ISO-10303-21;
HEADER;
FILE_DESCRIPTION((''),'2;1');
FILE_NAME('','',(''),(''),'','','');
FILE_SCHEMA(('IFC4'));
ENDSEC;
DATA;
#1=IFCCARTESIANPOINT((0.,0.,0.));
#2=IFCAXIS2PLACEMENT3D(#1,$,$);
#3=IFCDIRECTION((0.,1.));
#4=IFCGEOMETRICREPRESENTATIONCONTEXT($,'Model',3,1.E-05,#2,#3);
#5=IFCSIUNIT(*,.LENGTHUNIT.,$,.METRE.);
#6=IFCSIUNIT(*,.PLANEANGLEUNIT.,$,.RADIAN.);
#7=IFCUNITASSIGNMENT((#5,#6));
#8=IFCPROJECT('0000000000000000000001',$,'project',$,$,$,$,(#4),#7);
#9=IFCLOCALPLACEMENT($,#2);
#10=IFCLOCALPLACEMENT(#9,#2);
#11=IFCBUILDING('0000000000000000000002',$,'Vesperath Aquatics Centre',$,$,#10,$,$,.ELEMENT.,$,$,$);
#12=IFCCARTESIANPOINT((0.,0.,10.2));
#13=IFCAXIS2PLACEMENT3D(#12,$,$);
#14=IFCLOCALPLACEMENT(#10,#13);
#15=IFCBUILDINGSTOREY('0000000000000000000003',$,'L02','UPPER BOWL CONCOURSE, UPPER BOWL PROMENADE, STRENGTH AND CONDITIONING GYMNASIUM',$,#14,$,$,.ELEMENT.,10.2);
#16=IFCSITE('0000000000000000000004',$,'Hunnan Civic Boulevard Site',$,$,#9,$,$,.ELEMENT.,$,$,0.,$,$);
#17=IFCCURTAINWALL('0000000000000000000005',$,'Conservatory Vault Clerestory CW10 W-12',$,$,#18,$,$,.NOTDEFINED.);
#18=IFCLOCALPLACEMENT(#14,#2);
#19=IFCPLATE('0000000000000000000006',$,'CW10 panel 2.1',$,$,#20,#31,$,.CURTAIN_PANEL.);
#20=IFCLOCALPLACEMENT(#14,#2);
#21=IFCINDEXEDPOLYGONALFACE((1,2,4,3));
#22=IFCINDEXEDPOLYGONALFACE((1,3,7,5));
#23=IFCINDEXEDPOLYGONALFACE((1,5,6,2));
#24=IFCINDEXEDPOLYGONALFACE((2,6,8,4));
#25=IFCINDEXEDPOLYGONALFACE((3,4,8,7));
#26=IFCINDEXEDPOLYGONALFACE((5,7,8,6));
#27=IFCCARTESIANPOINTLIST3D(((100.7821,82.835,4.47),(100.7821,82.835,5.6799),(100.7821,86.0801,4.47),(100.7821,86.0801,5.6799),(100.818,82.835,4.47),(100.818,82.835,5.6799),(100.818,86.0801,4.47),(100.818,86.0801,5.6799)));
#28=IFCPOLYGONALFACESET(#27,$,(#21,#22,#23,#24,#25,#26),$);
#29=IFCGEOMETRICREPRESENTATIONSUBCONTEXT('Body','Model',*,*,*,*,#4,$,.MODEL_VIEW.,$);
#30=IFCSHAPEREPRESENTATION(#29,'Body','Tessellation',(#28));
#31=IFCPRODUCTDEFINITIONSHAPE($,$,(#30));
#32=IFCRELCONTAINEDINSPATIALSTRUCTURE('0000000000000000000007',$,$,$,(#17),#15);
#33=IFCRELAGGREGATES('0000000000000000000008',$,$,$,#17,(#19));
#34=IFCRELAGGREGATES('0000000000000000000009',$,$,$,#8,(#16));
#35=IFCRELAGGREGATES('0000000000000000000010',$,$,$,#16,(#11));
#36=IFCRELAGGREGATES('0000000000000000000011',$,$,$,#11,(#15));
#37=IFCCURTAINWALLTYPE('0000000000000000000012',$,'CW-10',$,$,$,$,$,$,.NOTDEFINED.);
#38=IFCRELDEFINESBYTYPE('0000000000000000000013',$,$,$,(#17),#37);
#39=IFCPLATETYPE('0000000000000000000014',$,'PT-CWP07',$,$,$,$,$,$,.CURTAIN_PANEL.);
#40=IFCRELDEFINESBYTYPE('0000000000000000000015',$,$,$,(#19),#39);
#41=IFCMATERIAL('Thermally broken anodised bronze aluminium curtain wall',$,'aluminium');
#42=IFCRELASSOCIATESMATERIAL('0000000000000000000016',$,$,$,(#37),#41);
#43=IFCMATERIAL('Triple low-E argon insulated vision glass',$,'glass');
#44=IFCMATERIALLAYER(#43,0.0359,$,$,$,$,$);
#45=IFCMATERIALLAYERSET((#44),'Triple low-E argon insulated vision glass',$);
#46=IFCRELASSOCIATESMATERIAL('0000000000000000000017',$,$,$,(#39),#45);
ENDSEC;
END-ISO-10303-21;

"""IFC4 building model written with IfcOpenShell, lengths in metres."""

from ifc_helpers import new_model, si_unit, direction, frame, origin, origin_2d, place, context, subcontext, project, spatial, rectangle, extrude, material, layer, layer_set, type_object, element, aggregate, save


model = new_model("IFC4")

# Units and contexts
model_context = context("Model", 3, precision=1e-05, world=origin(), true_north=direction((0.0, 1.0)))
body_context = subcontext(model_context, "Body", "Model", "MODEL_VIEW")
ifc_project = project(units=[si_unit("LENGTHUNIT", "METRE"), si_unit("PLANEANGLEUNIT", "RADIAN")], contexts=[model_context])

# Site, building, storey
site_placement = place(None, origin())
site = spatial("IfcSite", under=ifc_project, at=site_placement, Name="Hunnan Civic Boulevard Site", CompositionType="ELEMENT", RefElevation=0.0)
building_placement = place(site_placement, origin())
building = spatial("IfcBuilding", under=site, at=building_placement, Name="Vesperath Aquatics Centre", CompositionType="ELEMENT")
storey_placement = place(building_placement, frame((0.0, 0.0, 10.2)))
storey = spatial("IfcBuildingStorey", under=building, at=storey_placement, Name="L02", Description="UPPER BOWL CONCOURSE, UPPER BOWL PROMENADE, STRENGTH AND CONDITIONING GYMNASIUM", CompositionType="ELEMENT", Elevation=10.2)

# Curtain wall
ifc_material_1 = material(Name="Thermally broken anodised bronze aluminium curtain wall", Category="aluminium")
curtain_wall_type_1 = type_object("IfcCurtainWallType", Name="CW-10", PredefinedType="NOTDEFINED", material=ifc_material_1)
curtain_wall_1_placement = place(storey_placement, origin())
curtain_wall_1 = element("IfcCurtainWall", 1, at=curtain_wall_1_placement, inside=storey, type_object=curtain_wall_type_1, Name="Conservatory Vault Clerestory CW10 W-12", PredefinedType="NOTDEFINED")

# Plate
ifc_material_2 = material(Name="Triple low-E argon insulated vision glass", Category="glass")
ifc_layer_1 = layer(ifc_material_2, 0.0359)
ifc_layer_set_1 = layer_set([ifc_layer_1], Name="Triple low-E argon insulated vision glass")
plate_type_1 = type_object("IfcPlateType", Name="PT-CWP07", PredefinedType="CURTAIN_PANEL", material=ifc_layer_set_1)
plate_1_placement = place(storey_placement, frame((100.8, 84.4575, 4.47), z_axis=(0.0, 0.0, 1.0), x_axis=(0.0, 1.0, 0.0)))
plate_1 = element("IfcPlate", 2, at=plate_1_placement, type_object=plate_type_1, Name="CW10 panel 2.1", PredefinedType="CURTAIN_PANEL", context=body_context, shape_type="SweptSolid", body=[
    extrude(rectangle(XDim=3.2451, YDim=0.0359, at=origin_2d()), origin(), (0.0, 0.0, 1.0), 1.21),
])
aggregate(curtain_wall_1, [plate_1])

save(model, "model.ifc")
